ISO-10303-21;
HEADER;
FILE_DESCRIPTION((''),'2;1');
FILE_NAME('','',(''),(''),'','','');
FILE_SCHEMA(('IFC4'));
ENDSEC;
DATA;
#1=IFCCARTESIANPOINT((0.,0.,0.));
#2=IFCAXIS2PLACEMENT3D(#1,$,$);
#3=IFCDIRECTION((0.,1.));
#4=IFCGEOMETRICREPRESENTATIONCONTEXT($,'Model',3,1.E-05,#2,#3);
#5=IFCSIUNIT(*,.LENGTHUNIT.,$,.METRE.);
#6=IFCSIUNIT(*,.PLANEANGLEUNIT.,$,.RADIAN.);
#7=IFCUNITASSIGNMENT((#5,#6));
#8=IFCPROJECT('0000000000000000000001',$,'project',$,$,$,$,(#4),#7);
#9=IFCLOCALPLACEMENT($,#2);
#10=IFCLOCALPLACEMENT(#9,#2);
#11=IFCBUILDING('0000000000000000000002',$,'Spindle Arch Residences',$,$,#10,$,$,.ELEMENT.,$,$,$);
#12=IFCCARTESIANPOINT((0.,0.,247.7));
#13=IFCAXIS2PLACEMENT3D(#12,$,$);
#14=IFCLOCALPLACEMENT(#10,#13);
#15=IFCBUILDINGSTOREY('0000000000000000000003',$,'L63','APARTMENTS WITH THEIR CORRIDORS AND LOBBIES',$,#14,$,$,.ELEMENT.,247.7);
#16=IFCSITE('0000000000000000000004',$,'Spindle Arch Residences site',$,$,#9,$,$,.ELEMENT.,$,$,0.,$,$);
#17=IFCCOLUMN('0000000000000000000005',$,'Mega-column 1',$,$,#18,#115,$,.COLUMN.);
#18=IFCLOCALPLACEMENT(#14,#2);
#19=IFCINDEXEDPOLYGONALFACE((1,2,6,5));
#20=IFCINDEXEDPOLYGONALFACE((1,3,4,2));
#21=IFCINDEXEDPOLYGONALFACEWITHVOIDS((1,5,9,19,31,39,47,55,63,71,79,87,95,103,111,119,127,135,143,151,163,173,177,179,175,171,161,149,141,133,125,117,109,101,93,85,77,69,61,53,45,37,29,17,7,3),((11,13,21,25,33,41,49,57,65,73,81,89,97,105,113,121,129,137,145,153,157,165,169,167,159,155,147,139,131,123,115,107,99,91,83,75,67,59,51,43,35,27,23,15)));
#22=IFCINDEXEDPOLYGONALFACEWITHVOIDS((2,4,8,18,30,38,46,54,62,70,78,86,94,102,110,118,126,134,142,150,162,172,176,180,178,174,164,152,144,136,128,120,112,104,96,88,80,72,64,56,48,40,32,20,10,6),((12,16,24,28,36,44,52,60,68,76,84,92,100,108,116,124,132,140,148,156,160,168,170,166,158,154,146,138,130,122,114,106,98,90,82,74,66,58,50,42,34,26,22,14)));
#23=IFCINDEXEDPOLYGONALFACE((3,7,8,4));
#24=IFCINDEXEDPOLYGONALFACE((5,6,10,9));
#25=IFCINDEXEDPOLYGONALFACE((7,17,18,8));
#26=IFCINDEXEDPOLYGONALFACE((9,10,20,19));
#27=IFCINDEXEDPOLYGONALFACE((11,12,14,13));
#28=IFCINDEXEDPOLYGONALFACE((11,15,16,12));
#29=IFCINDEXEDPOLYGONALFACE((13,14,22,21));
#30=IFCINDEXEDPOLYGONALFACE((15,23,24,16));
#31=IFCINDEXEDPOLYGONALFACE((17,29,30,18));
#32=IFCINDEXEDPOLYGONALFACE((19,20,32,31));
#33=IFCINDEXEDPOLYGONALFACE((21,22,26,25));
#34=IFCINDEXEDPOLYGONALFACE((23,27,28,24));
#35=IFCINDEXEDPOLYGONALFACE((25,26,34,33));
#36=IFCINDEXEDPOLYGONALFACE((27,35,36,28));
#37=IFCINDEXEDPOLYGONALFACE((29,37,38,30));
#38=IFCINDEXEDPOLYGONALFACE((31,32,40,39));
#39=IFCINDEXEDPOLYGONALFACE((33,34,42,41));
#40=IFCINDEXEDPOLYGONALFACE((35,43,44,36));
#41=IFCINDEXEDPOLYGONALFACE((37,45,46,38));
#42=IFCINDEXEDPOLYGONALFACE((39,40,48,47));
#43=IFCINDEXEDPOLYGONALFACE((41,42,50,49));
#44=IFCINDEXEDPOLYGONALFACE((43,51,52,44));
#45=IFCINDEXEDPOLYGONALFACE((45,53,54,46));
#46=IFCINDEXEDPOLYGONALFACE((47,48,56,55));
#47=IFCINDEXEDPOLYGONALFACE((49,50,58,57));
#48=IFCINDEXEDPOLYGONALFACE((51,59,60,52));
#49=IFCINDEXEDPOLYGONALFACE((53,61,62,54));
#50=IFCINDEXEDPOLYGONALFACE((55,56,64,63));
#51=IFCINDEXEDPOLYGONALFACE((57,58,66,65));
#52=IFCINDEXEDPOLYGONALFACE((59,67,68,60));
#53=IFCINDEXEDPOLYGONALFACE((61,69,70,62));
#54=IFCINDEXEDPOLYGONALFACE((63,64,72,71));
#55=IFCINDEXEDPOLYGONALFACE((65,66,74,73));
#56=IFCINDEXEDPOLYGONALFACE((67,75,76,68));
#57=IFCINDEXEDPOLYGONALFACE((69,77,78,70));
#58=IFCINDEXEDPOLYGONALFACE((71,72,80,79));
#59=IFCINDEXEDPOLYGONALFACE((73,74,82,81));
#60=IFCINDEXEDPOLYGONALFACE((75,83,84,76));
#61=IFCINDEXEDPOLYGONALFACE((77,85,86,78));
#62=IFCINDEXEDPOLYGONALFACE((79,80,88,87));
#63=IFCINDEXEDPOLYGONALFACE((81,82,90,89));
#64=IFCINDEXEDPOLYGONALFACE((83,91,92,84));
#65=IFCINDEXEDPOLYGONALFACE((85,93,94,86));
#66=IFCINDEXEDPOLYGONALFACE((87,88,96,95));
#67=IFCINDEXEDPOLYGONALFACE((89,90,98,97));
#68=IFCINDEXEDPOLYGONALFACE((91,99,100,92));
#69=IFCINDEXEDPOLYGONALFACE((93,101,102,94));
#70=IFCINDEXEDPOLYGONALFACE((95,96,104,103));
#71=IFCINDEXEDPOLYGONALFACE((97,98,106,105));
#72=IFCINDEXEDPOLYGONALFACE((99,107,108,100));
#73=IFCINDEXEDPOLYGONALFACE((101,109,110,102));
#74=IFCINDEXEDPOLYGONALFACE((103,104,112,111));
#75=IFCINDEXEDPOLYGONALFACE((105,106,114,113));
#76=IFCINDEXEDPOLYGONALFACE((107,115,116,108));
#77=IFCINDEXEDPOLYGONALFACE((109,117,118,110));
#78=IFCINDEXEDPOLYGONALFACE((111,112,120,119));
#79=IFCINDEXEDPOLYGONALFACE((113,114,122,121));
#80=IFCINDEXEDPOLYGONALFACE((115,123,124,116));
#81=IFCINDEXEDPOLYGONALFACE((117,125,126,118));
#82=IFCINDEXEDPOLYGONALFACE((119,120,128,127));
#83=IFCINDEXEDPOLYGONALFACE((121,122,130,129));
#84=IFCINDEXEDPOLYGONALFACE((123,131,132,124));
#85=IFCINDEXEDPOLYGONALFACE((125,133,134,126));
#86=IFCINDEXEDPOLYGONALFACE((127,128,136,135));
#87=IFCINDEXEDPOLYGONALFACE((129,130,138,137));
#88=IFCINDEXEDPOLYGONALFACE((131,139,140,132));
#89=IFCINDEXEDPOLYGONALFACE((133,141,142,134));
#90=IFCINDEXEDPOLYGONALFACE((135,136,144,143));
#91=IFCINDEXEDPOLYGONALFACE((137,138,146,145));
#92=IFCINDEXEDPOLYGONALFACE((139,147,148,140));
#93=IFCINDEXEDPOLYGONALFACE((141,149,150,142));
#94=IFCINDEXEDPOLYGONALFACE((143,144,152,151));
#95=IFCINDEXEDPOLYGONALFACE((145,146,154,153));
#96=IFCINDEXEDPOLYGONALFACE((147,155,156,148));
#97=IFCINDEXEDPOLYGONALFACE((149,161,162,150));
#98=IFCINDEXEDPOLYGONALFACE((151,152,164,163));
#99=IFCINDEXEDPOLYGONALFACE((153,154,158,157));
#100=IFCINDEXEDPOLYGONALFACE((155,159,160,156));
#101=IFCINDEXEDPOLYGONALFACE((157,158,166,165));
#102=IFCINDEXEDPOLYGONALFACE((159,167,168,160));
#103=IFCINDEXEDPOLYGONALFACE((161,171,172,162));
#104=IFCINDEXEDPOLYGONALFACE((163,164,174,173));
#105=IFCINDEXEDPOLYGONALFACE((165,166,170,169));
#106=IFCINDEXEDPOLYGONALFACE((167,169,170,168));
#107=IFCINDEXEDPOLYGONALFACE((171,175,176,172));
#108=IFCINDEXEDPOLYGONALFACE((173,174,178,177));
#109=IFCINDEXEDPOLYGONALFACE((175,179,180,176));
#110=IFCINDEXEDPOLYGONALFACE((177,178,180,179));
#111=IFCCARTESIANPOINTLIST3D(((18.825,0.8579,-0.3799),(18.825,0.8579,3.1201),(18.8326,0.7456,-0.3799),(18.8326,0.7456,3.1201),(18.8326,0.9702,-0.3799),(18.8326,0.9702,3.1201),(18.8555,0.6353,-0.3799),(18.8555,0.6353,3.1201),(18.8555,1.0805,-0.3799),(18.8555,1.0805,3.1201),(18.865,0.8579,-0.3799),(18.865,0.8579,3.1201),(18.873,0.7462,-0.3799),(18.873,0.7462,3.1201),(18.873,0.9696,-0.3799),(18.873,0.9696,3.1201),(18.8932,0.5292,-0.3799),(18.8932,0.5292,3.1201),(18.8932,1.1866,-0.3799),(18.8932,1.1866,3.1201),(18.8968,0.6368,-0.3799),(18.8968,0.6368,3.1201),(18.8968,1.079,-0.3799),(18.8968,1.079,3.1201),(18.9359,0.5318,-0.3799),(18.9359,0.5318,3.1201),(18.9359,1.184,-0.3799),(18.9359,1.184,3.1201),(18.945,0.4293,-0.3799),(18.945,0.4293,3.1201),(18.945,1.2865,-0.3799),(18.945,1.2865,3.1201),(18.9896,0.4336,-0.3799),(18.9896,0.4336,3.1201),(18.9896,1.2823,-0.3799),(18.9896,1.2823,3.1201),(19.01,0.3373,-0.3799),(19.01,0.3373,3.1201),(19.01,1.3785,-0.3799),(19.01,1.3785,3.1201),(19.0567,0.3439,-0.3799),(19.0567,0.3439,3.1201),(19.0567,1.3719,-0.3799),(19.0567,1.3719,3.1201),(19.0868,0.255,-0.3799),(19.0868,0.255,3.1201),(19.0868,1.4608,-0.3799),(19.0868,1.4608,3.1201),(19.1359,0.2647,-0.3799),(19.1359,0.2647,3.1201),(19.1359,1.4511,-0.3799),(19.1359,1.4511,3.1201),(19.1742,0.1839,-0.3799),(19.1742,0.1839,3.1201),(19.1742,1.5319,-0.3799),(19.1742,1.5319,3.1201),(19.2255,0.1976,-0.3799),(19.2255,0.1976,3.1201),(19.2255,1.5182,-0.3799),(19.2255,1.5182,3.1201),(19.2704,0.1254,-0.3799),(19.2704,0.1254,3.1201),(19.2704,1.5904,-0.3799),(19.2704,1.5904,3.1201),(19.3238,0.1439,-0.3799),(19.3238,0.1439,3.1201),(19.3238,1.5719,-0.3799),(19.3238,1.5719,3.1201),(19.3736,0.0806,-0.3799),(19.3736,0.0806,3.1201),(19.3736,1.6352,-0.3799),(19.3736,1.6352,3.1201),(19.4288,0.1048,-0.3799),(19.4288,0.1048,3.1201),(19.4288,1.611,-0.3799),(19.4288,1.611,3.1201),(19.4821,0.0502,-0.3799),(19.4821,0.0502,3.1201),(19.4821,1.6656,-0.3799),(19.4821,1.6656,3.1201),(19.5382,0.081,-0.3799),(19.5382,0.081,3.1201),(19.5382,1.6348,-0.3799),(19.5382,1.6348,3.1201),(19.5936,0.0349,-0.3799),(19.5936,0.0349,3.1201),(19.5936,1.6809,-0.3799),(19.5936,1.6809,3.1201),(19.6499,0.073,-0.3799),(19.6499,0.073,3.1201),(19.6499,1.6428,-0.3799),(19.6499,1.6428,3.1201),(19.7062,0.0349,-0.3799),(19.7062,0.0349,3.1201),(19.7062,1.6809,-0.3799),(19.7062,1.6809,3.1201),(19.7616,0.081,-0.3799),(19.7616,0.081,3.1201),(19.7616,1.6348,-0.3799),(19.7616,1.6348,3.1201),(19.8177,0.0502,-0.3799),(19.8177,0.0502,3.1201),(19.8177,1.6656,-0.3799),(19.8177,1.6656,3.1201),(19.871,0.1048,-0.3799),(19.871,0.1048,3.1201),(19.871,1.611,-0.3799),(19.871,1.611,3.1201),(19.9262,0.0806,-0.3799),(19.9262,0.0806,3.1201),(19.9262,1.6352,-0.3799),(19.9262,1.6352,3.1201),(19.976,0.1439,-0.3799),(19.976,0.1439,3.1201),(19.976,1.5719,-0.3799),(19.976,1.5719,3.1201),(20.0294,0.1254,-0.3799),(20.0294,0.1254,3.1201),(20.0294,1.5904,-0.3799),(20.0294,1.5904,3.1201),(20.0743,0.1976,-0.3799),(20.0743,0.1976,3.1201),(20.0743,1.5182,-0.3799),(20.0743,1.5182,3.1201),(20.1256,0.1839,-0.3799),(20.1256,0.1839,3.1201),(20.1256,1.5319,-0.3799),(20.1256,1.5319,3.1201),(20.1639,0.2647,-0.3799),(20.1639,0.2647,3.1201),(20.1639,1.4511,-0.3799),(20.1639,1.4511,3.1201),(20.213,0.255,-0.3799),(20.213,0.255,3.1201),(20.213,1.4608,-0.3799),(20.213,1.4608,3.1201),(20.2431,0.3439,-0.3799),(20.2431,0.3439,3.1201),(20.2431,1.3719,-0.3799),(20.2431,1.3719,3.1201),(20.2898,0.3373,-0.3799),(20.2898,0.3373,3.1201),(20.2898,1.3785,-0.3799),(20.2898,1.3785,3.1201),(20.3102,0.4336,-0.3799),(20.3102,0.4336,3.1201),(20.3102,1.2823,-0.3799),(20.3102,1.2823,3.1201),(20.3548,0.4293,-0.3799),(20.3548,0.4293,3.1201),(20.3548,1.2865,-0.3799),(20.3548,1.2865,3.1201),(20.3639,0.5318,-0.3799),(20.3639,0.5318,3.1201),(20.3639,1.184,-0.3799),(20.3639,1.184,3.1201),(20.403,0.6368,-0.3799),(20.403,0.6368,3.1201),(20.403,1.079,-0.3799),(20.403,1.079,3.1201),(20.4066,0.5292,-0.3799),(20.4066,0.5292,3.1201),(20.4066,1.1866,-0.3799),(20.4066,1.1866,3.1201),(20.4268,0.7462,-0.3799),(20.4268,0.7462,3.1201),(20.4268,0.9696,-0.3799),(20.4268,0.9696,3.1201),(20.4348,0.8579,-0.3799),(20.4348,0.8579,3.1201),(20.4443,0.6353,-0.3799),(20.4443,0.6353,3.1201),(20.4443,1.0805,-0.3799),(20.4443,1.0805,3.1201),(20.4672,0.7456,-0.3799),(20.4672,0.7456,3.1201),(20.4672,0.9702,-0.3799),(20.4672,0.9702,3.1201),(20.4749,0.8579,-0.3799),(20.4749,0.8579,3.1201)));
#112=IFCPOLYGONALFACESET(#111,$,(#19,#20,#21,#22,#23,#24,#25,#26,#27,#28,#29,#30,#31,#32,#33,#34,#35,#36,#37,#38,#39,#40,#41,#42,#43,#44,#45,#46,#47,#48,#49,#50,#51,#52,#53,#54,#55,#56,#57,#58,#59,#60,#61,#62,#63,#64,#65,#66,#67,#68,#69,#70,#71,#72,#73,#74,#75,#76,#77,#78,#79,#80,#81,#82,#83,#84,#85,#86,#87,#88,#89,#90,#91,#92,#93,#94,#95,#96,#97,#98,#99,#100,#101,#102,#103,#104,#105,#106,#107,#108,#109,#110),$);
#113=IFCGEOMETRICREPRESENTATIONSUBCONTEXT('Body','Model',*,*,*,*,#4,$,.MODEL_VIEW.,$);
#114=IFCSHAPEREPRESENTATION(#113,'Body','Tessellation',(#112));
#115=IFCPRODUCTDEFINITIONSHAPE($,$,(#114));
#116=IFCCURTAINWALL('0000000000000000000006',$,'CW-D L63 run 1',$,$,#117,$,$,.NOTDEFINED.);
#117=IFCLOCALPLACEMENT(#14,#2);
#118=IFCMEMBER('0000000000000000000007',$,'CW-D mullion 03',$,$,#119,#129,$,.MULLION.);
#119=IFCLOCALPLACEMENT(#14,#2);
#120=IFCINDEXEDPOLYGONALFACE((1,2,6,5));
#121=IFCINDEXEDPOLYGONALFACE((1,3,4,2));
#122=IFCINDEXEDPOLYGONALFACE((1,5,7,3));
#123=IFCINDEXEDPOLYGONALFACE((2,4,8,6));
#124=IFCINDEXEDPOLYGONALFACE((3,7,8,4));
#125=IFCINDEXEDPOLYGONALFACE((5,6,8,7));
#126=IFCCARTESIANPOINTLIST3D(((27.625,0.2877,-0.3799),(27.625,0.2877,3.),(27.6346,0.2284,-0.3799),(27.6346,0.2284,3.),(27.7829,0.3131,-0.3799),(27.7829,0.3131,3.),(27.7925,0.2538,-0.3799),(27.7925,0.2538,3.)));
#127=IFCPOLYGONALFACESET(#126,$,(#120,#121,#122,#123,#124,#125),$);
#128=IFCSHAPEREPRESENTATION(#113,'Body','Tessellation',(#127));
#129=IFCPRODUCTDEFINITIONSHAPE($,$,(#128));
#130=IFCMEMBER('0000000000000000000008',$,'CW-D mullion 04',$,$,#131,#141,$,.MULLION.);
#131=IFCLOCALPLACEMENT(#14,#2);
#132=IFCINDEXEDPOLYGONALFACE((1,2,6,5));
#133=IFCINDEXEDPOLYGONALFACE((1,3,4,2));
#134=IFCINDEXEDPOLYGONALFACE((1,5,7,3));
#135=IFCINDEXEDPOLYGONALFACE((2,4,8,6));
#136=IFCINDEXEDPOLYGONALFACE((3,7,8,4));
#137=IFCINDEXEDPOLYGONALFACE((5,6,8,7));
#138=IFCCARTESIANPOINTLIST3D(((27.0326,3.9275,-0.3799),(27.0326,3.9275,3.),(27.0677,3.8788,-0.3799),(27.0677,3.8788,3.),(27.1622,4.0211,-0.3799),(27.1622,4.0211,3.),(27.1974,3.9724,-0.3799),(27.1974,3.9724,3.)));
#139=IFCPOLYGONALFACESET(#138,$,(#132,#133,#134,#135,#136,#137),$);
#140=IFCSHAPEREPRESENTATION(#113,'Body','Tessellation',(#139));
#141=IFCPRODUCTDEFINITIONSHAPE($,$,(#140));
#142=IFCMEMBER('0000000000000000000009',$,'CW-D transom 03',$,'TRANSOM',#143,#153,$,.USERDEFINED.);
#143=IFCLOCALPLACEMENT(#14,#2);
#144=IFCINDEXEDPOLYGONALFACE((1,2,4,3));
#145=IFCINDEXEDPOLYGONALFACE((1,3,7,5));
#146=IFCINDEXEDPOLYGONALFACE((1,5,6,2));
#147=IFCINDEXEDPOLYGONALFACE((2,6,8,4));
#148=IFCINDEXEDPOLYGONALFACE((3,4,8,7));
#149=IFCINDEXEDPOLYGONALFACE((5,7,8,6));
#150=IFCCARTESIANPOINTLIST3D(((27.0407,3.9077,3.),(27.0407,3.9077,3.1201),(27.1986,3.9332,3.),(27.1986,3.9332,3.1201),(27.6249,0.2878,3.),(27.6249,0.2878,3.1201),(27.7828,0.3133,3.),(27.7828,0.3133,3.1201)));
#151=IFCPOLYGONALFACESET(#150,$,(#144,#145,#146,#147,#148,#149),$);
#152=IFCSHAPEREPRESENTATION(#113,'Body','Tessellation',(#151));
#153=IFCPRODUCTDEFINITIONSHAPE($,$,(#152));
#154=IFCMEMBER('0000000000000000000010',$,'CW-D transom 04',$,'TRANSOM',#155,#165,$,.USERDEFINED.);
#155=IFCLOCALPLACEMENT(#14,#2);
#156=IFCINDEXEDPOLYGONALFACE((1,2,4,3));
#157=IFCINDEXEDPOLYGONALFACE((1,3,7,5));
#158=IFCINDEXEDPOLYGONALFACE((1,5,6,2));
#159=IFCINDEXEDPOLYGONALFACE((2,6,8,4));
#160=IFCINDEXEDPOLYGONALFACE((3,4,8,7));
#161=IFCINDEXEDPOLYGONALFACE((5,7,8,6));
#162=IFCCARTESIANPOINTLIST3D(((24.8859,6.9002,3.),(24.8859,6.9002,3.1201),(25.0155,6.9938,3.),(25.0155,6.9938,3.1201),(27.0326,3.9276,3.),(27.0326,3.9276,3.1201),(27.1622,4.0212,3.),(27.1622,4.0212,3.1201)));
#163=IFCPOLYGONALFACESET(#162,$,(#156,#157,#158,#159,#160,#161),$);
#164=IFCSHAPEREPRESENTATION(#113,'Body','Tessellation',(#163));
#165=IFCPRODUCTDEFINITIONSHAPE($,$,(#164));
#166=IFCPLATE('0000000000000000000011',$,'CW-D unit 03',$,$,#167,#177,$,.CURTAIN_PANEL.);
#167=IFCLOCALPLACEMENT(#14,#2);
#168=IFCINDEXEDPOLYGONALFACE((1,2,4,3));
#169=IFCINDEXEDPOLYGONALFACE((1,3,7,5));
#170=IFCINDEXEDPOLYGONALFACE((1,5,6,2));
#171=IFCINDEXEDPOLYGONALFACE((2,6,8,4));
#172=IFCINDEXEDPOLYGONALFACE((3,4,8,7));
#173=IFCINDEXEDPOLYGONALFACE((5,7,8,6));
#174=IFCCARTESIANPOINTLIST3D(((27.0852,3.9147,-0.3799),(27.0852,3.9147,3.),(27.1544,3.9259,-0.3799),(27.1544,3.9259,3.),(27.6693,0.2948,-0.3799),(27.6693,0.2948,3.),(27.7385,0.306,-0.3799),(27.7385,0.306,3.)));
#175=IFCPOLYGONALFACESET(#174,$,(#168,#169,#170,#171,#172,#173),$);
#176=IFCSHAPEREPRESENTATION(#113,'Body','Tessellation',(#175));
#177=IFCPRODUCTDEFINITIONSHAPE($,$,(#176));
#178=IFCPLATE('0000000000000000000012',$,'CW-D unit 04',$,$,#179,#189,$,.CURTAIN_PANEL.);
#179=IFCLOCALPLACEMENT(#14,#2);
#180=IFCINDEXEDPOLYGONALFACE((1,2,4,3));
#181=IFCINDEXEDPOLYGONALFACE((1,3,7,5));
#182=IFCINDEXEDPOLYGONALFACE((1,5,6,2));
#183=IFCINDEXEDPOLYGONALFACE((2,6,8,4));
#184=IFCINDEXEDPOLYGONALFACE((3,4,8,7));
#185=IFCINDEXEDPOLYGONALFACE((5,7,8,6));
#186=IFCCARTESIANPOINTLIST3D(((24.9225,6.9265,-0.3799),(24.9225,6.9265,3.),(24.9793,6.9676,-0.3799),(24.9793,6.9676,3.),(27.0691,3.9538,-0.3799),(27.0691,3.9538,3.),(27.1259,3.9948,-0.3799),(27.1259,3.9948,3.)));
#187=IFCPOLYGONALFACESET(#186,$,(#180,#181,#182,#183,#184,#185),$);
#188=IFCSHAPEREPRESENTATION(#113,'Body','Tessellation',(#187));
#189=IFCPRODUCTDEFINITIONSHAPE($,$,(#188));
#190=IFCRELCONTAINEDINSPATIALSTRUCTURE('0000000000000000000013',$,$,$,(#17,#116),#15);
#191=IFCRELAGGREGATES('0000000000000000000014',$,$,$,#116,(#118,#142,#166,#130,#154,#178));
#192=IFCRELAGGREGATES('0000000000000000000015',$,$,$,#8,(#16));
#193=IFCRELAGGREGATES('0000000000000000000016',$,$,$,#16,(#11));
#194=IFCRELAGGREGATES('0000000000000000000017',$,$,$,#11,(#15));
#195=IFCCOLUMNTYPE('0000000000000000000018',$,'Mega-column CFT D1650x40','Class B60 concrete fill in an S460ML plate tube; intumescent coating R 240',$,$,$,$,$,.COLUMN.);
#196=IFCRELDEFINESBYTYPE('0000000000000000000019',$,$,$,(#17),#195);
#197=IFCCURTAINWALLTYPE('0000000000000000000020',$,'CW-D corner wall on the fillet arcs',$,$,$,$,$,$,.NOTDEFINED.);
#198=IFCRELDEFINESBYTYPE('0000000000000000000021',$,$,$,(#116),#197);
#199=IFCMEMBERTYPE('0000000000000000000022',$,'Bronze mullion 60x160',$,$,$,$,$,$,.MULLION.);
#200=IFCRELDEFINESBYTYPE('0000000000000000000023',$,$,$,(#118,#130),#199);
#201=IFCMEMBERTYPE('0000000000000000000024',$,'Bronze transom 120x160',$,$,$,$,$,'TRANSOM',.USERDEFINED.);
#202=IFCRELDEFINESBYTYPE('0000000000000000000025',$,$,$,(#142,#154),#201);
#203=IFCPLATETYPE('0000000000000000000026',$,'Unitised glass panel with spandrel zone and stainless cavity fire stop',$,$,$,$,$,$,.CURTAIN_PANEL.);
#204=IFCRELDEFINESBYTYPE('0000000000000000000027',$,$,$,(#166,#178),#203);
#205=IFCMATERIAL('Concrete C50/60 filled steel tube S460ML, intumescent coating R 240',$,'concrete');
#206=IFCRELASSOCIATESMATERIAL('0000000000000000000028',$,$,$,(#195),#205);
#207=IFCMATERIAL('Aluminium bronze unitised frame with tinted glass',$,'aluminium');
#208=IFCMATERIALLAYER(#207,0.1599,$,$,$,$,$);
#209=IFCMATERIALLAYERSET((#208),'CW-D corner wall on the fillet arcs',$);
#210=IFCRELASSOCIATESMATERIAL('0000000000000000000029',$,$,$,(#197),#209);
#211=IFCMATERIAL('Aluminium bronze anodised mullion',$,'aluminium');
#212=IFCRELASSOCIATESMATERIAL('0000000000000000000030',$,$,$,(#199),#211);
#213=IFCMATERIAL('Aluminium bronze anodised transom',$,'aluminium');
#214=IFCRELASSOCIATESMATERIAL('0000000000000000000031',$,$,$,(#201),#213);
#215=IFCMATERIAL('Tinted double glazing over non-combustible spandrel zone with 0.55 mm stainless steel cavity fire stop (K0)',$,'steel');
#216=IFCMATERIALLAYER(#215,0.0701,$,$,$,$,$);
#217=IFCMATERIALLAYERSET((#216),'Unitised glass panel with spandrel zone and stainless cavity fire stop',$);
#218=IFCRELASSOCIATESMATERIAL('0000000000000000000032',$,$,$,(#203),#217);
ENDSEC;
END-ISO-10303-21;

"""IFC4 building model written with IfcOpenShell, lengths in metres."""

from ifc_helpers import new_model, si_unit, direction, frame, origin, origin_2d, place, context, subcontext, project, spatial, rectangle, hollow_circle, extrude, material, layer, layer_set, material_profile, profile_set, type_object, element, aggregate, save


model = new_model("IFC4")

# Units and contexts
model_context = context("Model", 3, precision=1e-05, world=origin(), true_north=direction((0.0, 1.0)))
body_context = subcontext(model_context, "Body", "Model", "MODEL_VIEW")
ifc_project = project(units=[si_unit("LENGTHUNIT", "METRE"), si_unit("PLANEANGLEUNIT", "RADIAN")], contexts=[model_context])

# Site, building, storey
site_placement = place(None, origin())
site = spatial("IfcSite", under=ifc_project, at=site_placement, Name="Spindle Arch Residences site", CompositionType="ELEMENT", RefElevation=0.0)
building_placement = place(site_placement, origin())
building = spatial("IfcBuilding", under=site, at=building_placement, Name="Spindle Arch Residences", CompositionType="ELEMENT")
storey_placement = place(building_placement, frame((0.0, 0.0, 247.7)))
storey = spatial("IfcBuildingStorey", under=building, at=storey_placement, Name="L63", Description="APARTMENTS WITH THEIR CORRIDORS AND LOBBIES", CompositionType="ELEMENT", Elevation=247.7)

# Column
ifc_material_1 = material(Name="Concrete C50/60 filled steel tube S460ML, intumescent coating R 240", Category="concrete")
ifc_material_profile_1 = material_profile(ifc_material_1, hollow_circle(Radius=0.825, WallThickness=0.04, at=origin_2d()), Name="CFT D1650x40")
ifc_profile_set_1 = profile_set([ifc_material_profile_1], Name="Concrete C50/60 filled steel tube S460ML, intumescent coating R 240")
column_type = type_object("IfcColumnType", Name="Mega-column CFT D1650x40", Description="Class B60 concrete fill in an S460ML plate tube; intumescent coating R 240", PredefinedType="COLUMN", material=ifc_profile_set_1)
column_placement = place(storey_placement, frame((19.6499, 0.8579, -0.3799), z_axis=(0.0, 0.0, 1.0), x_axis=(1.0, 0.0, 0.0)))
element("IfcColumn", 1, at=column_placement, inside=storey, type_object=column_type, Name="Mega-column 1", PredefinedType="COLUMN", context=body_context, shape_type="SweptSolid", body=[
    extrude(hollow_circle(Radius=0.825, WallThickness=0.04, at=origin_2d()), origin(), (0.0, 0.0, 1.0), 3.5),
])

# Curtain wall, members, plates
ifc_material_2 = material(Name="Aluminium bronze unitised frame with tinted glass", Category="aluminium")
ifc_layer_1 = layer(ifc_material_2, 0.1599)
ifc_layer_set_1 = layer_set([ifc_layer_1], Name="CW-D corner wall on the fillet arcs")
curtain_wall_type = type_object("IfcCurtainWallType", Name="CW-D corner wall on the fillet arcs", PredefinedType="NOTDEFINED", material=ifc_layer_set_1)
curtain_wall_placement = place(storey_placement, origin())
curtain_wall = element("IfcCurtainWall", 2, at=curtain_wall_placement, inside=storey, type_object=curtain_wall_type, Name="CW-D L63 run 1", PredefinedType="NOTDEFINED")
ifc_material_3 = material(Name="Aluminium bronze anodised mullion", Category="aluminium")
ifc_material_profile_2 = material_profile(ifc_material_3, rectangle(XDim=0.1599, YDim=0.0601, at=origin_2d()), Name="MU 60x160")
ifc_profile_set_2 = profile_set([ifc_material_profile_2], Name="Aluminium bronze anodised mullion")
member_type_1 = type_object("IfcMemberType", Name="Bronze mullion 60x160", PredefinedType="MULLION", material=ifc_profile_set_2)
member_1_placement = place(storey_placement, frame((27.7087, 0.2708, -0.3799), z_axis=(0.0, 0.0, 1.0), x_axis=(-0.987229, -0.159307, 0.0)))
member_1 = element("IfcMember", 3, at=member_1_placement, type_object=member_type_1, Name="CW-D mullion 03", PredefinedType="MULLION", context=body_context, shape_type="SweptSolid", body=[
    extrude(rectangle(XDim=0.1599, YDim=0.0601, at=origin_2d()), origin(), (0.0, 0.0, 1.0), 3.3799),
])
member_2_placement = place(storey_placement, frame((27.115, 3.95, -0.3799), z_axis=(0.0, 0.0, 1.0), x_axis=(-0.810723, -0.585429, 0.0)))
member_2 = element("IfcMember", 4, at=member_2_placement, type_object=member_type_1, Name="CW-D mullion 04", PredefinedType="MULLION", context=body_context, shape_type="SweptSolid", body=[
    extrude(rectangle(XDim=0.1599, YDim=0.0601, at=origin_2d()), origin(), (0.0, 0.0, 1.0), 3.3799),
])
ifc_material_4 = material(Name="Aluminium bronze anodised transom", Category="aluminium")
ifc_material_profile_3 = material_profile(ifc_material_4, rectangle(XDim=0.1599, YDim=0.1201, at=origin_2d()), Name="TR 120x160")
ifc_profile_set_3 = profile_set([ifc_material_profile_3], Name="Aluminium bronze anodised transom")
member_type_2 = type_object("IfcMemberType", Name="Bronze transom 120x160", ElementType="TRANSOM", PredefinedType="USERDEFINED", material=ifc_profile_set_3)
member_3_placement = place(storey_placement, frame((27.7039, 0.3005, 3.0601), z_axis=(-0.159333, 0.987225, 0.0), x_axis=(-0.987225, -0.159333, 0.0)))
member_3 = element("IfcMember", 5, at=member_3_placement, type_object=member_type_2, Name="CW-D transom 03", ObjectType="TRANSOM", PredefinedType="USERDEFINED", context=body_context, shape_type="SweptSolid", body=[
    extrude(rectangle(XDim=0.1599, YDim=0.1201, at=origin_2d()), origin(), (0.0, 0.0, 1.0), 3.6667),
])
member_4_placement = place(storey_placement, frame((27.0974, 3.9744, 3.0601), z_axis=(-0.585457, 0.810704, 0.0), x_axis=(-0.810704, -0.585457, 0.0)))
member_4 = element("IfcMember", 6, at=member_4_placement, type_object=member_type_2, Name="CW-D transom 04", ObjectType="TRANSOM", PredefinedType="USERDEFINED", context=body_context, shape_type="SweptSolid", body=[
    extrude(rectangle(XDim=0.1599, YDim=0.1201, at=origin_2d()), origin(), (0.0, 0.0, 1.0), 3.6667),
])
ifc_material_5 = material(Name="Tinted double glazing over non-combustible spandrel zone with 0.55 mm stainless steel cavity fire stop (K0)", Category="steel")
ifc_layer_2 = layer(ifc_material_5, 0.0701)
ifc_layer_set_2 = layer_set([ifc_layer_2], Name="Unitised glass panel with spandrel zone and stainless cavity fire stop")
plate_type = type_object("IfcPlateType", Name="Unitised glass panel with spandrel zone and stainless cavity fire stop", PredefinedType="CURTAIN_PANEL", material=ifc_layer_set_2)
plate_1_placement = place(storey_placement, frame((27.4119, 2.1104, -0.3799), z_axis=(0.0, 0.0, 1.0), x_axis=(-0.159307, 0.987229, 0.0)))
plate_1 = element("IfcPlate", 7, at=plate_1_placement, type_object=plate_type, Name="CW-D unit 03", PredefinedType="CURTAIN_PANEL", context=body_context, shape_type="SweptSolid", body=[
    extrude(rectangle(XDim=3.6667, YDim=0.0701, at=origin_2d()), origin(), (0.0, 0.0, 1.0), 3.3799),
])
plate_2_placement = place(storey_placement, frame((26.0242, 5.4607, -0.3799), z_axis=(0.0, 0.0, 1.0), x_axis=(-0.585429, 0.810723, 0.0)))
plate_2 = element("IfcPlate", 8, at=plate_2_placement, type_object=plate_type, Name="CW-D unit 04", PredefinedType="CURTAIN_PANEL", context=body_context, shape_type="SweptSolid", body=[
    extrude(rectangle(XDim=3.6667, YDim=0.0701, at=origin_2d()), origin(), (0.0, 0.0, 1.0), 3.3799),
])
aggregate(curtain_wall, [member_1, member_3, plate_1, member_2, member_4, plate_2])

save(model, "model.ifc")
